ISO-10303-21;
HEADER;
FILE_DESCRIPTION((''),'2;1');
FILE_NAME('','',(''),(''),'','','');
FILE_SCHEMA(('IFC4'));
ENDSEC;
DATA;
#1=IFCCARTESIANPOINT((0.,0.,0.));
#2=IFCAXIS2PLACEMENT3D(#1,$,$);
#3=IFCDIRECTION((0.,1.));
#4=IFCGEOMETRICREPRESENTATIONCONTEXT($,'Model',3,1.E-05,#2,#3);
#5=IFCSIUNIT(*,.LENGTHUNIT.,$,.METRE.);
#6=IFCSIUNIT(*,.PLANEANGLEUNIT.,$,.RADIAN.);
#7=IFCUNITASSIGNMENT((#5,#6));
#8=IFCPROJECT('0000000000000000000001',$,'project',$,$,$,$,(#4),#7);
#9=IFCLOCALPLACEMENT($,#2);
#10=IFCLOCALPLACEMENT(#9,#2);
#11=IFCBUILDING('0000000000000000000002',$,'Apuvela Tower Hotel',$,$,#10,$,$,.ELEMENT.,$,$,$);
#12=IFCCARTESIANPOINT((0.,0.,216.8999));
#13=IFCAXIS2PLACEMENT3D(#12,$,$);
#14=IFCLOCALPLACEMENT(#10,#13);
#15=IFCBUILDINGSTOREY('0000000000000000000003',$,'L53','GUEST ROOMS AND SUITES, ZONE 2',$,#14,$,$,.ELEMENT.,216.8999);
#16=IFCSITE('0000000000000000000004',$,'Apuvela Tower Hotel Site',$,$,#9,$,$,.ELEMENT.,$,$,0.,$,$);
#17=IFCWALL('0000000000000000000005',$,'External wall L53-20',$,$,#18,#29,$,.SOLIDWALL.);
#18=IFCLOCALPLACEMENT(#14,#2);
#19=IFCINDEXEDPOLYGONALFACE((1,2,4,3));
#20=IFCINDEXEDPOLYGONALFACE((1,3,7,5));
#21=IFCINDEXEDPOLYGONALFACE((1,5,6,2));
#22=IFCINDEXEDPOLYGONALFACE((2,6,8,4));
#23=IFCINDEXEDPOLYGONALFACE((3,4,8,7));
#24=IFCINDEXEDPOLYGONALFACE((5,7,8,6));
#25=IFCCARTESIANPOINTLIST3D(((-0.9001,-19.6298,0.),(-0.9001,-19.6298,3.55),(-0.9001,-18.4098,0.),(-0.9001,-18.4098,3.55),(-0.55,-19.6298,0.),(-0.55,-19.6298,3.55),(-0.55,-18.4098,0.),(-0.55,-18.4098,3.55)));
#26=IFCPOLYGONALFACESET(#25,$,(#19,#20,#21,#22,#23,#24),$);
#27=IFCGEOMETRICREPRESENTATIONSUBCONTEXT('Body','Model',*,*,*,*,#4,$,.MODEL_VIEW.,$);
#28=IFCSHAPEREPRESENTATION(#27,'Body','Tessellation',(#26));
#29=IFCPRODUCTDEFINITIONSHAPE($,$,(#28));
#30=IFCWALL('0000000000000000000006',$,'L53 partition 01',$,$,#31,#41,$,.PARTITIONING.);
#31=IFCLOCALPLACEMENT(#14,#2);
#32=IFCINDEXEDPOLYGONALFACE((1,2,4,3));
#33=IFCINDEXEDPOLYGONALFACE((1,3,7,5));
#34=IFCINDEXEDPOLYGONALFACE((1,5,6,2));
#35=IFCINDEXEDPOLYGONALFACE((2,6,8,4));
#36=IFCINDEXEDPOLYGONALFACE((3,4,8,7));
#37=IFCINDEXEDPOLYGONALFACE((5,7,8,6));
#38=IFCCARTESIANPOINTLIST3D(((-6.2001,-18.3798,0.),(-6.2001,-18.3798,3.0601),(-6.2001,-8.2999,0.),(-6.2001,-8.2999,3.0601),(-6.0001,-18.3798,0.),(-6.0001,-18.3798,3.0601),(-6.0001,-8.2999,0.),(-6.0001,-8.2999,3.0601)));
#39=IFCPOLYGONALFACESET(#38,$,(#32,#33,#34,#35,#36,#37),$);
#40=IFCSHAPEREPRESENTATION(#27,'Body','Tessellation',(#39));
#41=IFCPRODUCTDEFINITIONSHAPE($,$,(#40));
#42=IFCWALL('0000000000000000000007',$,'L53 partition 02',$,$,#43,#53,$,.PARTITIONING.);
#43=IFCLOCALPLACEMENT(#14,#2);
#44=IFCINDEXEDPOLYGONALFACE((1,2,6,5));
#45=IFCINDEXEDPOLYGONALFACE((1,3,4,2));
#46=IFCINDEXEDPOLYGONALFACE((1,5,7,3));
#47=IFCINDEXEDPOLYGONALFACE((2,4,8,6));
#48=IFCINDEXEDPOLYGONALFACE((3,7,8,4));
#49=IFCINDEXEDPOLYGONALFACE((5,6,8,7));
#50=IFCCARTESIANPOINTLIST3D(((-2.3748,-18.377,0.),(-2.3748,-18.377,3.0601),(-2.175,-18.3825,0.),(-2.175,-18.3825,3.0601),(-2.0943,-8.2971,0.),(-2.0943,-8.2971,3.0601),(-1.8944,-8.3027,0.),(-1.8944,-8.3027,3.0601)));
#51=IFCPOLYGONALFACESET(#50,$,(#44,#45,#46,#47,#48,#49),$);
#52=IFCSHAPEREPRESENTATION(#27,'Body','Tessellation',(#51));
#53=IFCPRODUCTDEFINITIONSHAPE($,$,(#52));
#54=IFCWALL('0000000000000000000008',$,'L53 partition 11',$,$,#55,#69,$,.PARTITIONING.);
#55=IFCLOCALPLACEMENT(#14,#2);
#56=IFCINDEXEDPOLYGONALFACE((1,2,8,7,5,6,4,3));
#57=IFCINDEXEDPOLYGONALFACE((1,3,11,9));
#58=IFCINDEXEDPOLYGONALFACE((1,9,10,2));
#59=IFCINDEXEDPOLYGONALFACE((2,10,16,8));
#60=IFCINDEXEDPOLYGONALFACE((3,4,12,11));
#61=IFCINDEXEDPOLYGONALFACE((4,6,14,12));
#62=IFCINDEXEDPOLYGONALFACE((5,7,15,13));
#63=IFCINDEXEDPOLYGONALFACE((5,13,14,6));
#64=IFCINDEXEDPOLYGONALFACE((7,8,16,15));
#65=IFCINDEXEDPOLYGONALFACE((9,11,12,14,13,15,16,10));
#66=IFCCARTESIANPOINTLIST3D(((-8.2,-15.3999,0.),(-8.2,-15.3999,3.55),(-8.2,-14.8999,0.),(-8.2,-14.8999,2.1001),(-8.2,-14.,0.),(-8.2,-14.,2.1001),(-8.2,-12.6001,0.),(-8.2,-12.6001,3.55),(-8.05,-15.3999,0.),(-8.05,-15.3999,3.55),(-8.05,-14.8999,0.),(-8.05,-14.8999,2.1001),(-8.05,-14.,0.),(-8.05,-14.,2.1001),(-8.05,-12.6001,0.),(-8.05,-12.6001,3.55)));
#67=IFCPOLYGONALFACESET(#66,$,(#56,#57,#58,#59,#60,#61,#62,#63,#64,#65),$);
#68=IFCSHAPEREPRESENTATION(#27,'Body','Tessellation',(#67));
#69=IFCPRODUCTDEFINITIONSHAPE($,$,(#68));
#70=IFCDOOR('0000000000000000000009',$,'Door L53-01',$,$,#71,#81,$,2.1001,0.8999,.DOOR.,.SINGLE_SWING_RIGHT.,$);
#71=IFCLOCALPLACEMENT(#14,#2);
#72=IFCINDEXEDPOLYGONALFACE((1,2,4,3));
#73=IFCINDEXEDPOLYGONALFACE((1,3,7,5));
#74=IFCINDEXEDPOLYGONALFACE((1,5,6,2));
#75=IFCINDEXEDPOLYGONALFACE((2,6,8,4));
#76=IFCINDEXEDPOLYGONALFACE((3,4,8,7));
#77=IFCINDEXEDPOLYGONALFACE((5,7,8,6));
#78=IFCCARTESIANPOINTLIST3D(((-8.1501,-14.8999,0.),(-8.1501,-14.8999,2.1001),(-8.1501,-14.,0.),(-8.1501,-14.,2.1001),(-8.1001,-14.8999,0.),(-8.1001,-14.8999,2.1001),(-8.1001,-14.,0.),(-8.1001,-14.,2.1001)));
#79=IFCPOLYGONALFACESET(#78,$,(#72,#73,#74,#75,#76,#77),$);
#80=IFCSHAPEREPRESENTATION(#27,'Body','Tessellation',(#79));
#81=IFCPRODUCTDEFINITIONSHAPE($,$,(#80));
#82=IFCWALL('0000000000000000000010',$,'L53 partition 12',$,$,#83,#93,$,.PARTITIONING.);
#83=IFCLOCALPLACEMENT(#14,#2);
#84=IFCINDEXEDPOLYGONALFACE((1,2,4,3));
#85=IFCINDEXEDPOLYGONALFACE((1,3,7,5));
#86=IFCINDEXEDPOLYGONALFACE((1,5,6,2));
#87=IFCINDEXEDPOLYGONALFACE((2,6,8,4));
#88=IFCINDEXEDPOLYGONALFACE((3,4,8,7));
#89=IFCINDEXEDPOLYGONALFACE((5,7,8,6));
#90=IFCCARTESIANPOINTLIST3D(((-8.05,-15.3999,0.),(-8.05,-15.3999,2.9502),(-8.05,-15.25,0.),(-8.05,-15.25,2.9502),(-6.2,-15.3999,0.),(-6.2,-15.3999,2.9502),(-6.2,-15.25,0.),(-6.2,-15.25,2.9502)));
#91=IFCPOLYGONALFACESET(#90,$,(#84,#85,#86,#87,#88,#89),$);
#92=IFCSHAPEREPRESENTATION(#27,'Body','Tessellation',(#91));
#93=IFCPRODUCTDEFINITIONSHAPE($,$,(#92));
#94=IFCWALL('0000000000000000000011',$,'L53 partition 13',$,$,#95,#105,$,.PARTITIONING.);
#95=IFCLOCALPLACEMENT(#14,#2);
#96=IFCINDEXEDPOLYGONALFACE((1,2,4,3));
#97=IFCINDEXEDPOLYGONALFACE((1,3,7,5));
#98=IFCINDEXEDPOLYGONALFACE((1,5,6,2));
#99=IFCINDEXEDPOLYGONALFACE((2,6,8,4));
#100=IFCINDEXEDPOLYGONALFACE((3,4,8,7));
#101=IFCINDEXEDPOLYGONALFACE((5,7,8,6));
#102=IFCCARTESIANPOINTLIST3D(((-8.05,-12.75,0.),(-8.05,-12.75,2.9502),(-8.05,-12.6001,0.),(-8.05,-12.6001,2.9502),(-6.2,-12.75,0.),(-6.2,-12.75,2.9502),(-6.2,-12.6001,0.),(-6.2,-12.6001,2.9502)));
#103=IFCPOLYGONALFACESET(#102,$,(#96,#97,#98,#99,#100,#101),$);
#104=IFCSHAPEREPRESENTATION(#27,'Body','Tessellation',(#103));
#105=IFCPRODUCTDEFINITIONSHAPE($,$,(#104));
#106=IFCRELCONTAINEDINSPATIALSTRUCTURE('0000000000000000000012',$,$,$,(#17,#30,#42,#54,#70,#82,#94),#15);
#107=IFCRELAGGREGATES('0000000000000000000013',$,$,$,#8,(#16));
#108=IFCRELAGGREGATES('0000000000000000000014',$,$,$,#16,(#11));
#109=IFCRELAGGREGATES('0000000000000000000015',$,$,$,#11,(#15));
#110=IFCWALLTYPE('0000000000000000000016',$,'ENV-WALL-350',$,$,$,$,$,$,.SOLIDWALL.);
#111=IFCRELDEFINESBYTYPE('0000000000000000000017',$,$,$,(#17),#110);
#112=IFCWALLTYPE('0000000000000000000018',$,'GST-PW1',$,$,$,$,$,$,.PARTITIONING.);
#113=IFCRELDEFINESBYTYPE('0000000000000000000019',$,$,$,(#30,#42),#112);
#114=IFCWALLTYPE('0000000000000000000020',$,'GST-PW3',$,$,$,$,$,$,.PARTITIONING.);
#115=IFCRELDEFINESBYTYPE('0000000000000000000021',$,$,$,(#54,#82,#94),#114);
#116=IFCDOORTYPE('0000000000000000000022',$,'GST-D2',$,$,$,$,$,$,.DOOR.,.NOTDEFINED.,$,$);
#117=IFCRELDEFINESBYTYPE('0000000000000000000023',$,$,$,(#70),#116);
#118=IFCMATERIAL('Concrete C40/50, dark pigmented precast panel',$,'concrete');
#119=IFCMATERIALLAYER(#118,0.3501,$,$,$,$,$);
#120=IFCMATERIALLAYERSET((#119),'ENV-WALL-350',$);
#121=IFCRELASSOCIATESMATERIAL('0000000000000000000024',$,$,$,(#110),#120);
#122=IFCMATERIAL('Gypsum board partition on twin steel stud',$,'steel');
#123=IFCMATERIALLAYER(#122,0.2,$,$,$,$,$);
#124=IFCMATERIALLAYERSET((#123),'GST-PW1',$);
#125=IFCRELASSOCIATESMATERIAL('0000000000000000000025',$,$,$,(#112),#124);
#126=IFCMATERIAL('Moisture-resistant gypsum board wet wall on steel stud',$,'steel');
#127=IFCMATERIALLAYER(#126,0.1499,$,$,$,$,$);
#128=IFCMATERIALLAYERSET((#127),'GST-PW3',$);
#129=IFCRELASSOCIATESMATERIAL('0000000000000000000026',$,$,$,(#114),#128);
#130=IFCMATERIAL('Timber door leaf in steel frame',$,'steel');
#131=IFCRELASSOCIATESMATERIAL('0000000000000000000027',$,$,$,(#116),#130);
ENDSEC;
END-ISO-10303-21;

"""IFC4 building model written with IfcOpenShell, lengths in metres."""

from ifc_helpers import new_model, si_unit, direction, frame, frame_2d, origin, place, context, subcontext, project, spatial, rectangle, extrude, material, layer, layer_set, type_object, element, fill, save


model = new_model("IFC4")

# Units and contexts
model_context = context("Model", 3, precision=1e-05, world=origin(), true_north=direction((0.0, 1.0)))
body_context = subcontext(model_context, "Body", "Model", "MODEL_VIEW")
ifc_project = project(units=[si_unit("LENGTHUNIT", "METRE"), si_unit("PLANEANGLEUNIT", "RADIAN")], contexts=[model_context])

# Site, building, storey
site_placement = place(None, origin())
site = spatial("IfcSite", under=ifc_project, at=site_placement, Name="Apuvela Tower Hotel Site", CompositionType="ELEMENT", RefElevation=0.0)
building_placement = place(site_placement, origin())
building = spatial("IfcBuilding", under=site, at=building_placement, Name="Apuvela Tower Hotel", CompositionType="ELEMENT")
storey_placement = place(building_placement, frame((0.0, 0.0, 216.8999)))
storey = spatial("IfcBuildingStorey", under=building, at=storey_placement, Name="L53", Description="GUEST ROOMS AND SUITES, ZONE 2", CompositionType="ELEMENT", Elevation=216.8999)

# Shared definitions
ifc_material_1 = material(Name="Concrete C40/50, dark pigmented precast panel", Category="concrete")
ifc_layer_1 = layer(ifc_material_1, 0.3501)
ifc_layer_set_1 = layer_set([ifc_layer_1], Name="ENV-WALL-350")
wall_type_1 = type_object("IfcWallType", Name="ENV-WALL-350", PredefinedType="SOLIDWALL", material=ifc_layer_set_1)

# Wall
wall_1_placement = place(storey_placement, frame((-0.7251, -18.4099, 0.0), z_axis=(0.0, 0.0, 1.0), x_axis=(0.0, -1.0, 0.0)))
element("IfcWall", 1, at=wall_1_placement, inside=storey, type_object=wall_type_1, Name="External wall L53-20", PredefinedType="SOLIDWALL", context=body_context, shape_type="SweptSolid", body=[
    extrude(rectangle(XDim=1.22, YDim=0.3501, at=frame_2d((0.6099, 0.0))), origin(), (0.0, 0.0, 1.0), 3.55),
])

# Walls
ifc_material_2 = material(Name="Gypsum board partition on twin steel stud", Category="steel")
ifc_layer_2 = layer(ifc_material_2, 0.2)
ifc_layer_set_2 = layer_set([ifc_layer_2], Name="GST-PW1")
wall_type_2 = type_object("IfcWallType", Name="GST-PW1", PredefinedType="PARTITIONING", material=ifc_layer_set_2)
wall_2_placement = place(storey_placement, frame((-6.1001, -18.3799, 0.0), z_axis=(0.0, 0.0, 1.0), x_axis=(0.0, 1.0, 0.0)))
element("IfcWall", 2, at=wall_2_placement, inside=storey, type_object=wall_type_2, Name="L53 partition 01", PredefinedType="PARTITIONING", context=body_context, shape_type="SweptSolid", body=[
    extrude(rectangle(XDim=10.0798, YDim=0.2, at=frame_2d((5.04, 0.0))), origin(), (0.0, 0.0, 1.0), 3.0601),
])
wall_3_placement = place(storey_placement, frame((-2.2749, -18.3799, 0.0), z_axis=(0.0, 0.0, 1.0), x_axis=(0.027819, 0.999613, 0.0)))
element("IfcWall", 3, at=wall_3_placement, inside=storey, type_object=wall_type_2, Name="L53 partition 02", PredefinedType="PARTITIONING", context=body_context, shape_type="SweptSolid", body=[
    extrude(rectangle(XDim=10.0837, YDim=0.2, at=frame_2d((5.042, 0.0))), origin(), (0.0, 0.0, 1.0), 3.0601),
])

# Wall, opening, door
ifc_material_3 = material(Name="Moisture-resistant gypsum board wet wall on steel stud", Category="steel")
ifc_layer_3 = layer(ifc_material_3, 0.1499)
ifc_layer_set_3 = layer_set([ifc_layer_3], Name="GST-PW3")
wall_type_3 = type_object("IfcWallType", Name="GST-PW3", PredefinedType="PARTITIONING", material=ifc_layer_set_3)
wall_4_placement = place(storey_placement, frame((-8.125, -12.6001, 0.0), z_axis=(0.0, 0.0, 1.0), x_axis=(0.0, -1.0, 0.0)))
wall_4 = element("IfcWall", 4, at=wall_4_placement, inside=storey, type_object=wall_type_3, Name="L53 partition 11", PredefinedType="PARTITIONING", context=body_context, shape_type="SweptSolid", body=[
    extrude(rectangle(XDim=2.7998, YDim=0.1499, at=frame_2d((1.3999, 0.0))), origin(), (0.0, 0.0, 1.0), 3.55),
])
opening_1_placement = place(wall_4_placement, frame((1.3999, 0.0, 0.0)))
opening_1 = element("IfcOpeningElement", 5, at=opening_1_placement, cuts=wall_4, PredefinedType="OPENING", context=body_context, shape_type="SweptSolid", body=[
    extrude(rectangle(XDim=0.8999, YDim=2.1001, at=frame_2d((0.45, 1.05))), frame((0.0, 0.085, 0.0), z_axis=(0.0, -1.0, 0.0), x_axis=(1.0, 0.0, 0.0)), (0.0, 0.0, 1.0), 0.1699),
])
ifc_material_4 = material(Name="Timber door leaf in steel frame", Category="steel")
door_type_1 = type_object("IfcDoorType", Name="GST-D2", OperationType="NOTDEFINED", PredefinedType="DOOR", material=ifc_material_4)
door_1_placement = place(opening_1_placement, origin())
door_1 = element("IfcDoor", 6, at=door_1_placement, inside=storey, type_object=door_type_1, Name="Door L53-01", OperationType="SINGLE_SWING_RIGHT", OverallHeight=2.1001, OverallWidth=0.8999, PredefinedType="DOOR", context=body_context, shape_type="SweptSolid", body=[
    extrude(rectangle(XDim=0.8999, YDim=2.1001, at=frame_2d((0.45, 1.05))), frame((0.0, 0.0249, 0.0), z_axis=(0.0, -1.0, 0.0), x_axis=(1.0, 0.0, 0.0)), (0.0, 0.0, 1.0), 0.05),
])
fill(opening_1, door_1)

# Walls
for number, where, z_axis, x_axis, name in (
    (7, (-8.05, -15.325, 0.0), (0.0, 0.0, 1.0), (1.0, 0.0, 0.0), "L53 partition 12"),
    (8, (-8.05, -12.675, 0.0), (0.0, 0.0, 1.0), (1.0, 0.0, 0.0), "L53 partition 13"),
):
    element("IfcWall", number, at=place(storey_placement, frame(where, z_axis=z_axis, x_axis=x_axis)), inside=storey, type_object=wall_type_3, Name=name, PredefinedType="PARTITIONING", context=body_context, shape_type="SweptSolid", body=[
        extrude(rectangle(XDim=1.8501, YDim=0.1499, at=frame_2d((0.925, 0.0))), origin(), (0.0, 0.0, 1.0), 2.9502),
    ])

save(model, "model.ifc")
